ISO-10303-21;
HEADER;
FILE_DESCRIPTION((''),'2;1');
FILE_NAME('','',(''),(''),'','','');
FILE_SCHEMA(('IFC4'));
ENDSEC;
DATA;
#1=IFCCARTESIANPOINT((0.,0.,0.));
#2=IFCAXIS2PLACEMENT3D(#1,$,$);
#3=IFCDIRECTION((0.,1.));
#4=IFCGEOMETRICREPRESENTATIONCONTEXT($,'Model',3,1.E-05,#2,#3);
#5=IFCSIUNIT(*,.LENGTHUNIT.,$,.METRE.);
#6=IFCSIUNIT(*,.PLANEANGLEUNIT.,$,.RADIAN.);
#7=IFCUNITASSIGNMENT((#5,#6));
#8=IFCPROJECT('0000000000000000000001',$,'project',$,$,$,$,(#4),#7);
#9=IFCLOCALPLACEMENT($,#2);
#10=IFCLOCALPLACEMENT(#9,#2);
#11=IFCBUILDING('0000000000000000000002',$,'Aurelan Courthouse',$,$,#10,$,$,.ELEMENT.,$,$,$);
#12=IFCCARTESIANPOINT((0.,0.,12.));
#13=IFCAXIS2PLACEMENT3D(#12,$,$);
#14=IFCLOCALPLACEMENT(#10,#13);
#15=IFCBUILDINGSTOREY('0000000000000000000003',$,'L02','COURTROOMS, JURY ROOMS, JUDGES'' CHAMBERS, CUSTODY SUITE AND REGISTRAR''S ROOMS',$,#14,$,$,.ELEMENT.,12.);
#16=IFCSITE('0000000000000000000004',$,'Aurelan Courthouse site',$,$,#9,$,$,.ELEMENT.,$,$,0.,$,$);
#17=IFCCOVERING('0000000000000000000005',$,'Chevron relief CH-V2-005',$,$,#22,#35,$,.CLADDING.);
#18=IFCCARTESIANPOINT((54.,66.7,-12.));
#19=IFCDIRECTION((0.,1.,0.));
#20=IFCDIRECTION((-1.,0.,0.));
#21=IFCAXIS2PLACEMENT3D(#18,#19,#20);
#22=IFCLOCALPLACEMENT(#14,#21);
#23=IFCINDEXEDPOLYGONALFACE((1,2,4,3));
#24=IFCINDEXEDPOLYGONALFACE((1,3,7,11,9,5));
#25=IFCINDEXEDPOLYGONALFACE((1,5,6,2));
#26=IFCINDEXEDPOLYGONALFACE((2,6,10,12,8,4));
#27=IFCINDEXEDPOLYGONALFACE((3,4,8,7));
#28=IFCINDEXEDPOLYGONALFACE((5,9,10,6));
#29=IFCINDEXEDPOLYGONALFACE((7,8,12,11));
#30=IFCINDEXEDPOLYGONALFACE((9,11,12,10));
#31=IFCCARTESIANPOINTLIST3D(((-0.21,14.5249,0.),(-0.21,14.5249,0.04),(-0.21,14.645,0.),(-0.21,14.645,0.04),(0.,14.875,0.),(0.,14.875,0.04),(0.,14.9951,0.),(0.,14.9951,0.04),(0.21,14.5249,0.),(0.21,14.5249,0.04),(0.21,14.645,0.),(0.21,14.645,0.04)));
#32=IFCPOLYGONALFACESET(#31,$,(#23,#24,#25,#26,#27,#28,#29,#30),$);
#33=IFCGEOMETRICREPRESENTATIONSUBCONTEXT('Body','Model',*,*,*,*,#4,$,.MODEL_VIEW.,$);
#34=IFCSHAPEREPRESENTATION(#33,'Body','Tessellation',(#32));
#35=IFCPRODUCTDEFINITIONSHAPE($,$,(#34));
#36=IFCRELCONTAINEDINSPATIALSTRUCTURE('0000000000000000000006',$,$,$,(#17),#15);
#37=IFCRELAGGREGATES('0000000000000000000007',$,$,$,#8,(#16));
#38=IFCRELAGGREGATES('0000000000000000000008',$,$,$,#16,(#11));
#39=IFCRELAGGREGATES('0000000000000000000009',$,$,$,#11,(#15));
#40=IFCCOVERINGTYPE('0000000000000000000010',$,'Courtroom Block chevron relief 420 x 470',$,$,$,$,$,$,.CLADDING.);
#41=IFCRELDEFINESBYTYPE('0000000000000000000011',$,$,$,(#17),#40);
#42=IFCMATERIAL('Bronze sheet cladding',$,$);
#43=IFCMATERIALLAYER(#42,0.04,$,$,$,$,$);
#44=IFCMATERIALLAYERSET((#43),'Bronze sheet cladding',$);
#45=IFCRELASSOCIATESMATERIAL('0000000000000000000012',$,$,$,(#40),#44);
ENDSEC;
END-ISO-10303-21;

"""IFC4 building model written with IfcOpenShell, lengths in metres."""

from ifc_helpers import new_model, si_unit, direction, frame, origin, place, context, subcontext, project, spatial, polyline, outline, extrude, material, layer, layer_set, type_object, element, save


model = new_model("IFC4")

# Units and contexts
model_context = context("Model", 3, precision=1e-05, world=origin(), true_north=direction((0.0, 1.0)))
body_context = subcontext(model_context, "Body", "Model", "MODEL_VIEW")
ifc_project = project(units=[si_unit("LENGTHUNIT", "METRE"), si_unit("PLANEANGLEUNIT", "RADIAN")], contexts=[model_context])

# Site, building, storey
site_placement = place(None, origin())
site = spatial("IfcSite", under=ifc_project, at=site_placement, Name="Aurelan Courthouse site", CompositionType="ELEMENT", RefElevation=0.0)
building_placement = place(site_placement, origin())
building = spatial("IfcBuilding", under=site, at=building_placement, Name="Aurelan Courthouse", CompositionType="ELEMENT")
storey_placement = place(building_placement, frame((0.0, 0.0, 12.0)))
storey = spatial("IfcBuildingStorey", under=building, at=storey_placement, Name="L02", Description="COURTROOMS, JURY ROOMS, JUDGES' CHAMBERS, CUSTODY SUITE AND REGISTRAR'S ROOMS", CompositionType="ELEMENT", Elevation=12.0)

# Covering
ifc_material_1 = material(Name="Bronze sheet cladding")
ifc_layer_1 = layer(ifc_material_1, 0.04)
ifc_layer_set_1 = layer_set([ifc_layer_1], Name="Bronze sheet cladding")
covering_type_1 = type_object("IfcCoveringType", Name="Courtroom Block chevron relief 420 x 470", PredefinedType="CLADDING", material=ifc_layer_set_1)
covering_1_placement = place(storey_placement, frame((54.0, 66.7, -12.0), z_axis=(0.0, 1.0, 0.0), x_axis=(-1.0, 0.0, 0.0)))
element("IfcCovering", 1, at=covering_1_placement, inside=storey, type_object=covering_type_1, Name="Chevron relief CH-V2-005", PredefinedType="CLADDING", context=body_context, shape_type="SweptSolid", body=[
    extrude(outline(polyline([(-0.21, 14.5249), (0.0, 14.875), (0.21, 14.5249), (0.21, 14.645), (0.0, 14.9951), (-0.21, 14.645), (-0.21, 14.5249)])), origin(), (0.0, 0.0, 1.0), 0.04),
])

save(model, "model.ifc")
